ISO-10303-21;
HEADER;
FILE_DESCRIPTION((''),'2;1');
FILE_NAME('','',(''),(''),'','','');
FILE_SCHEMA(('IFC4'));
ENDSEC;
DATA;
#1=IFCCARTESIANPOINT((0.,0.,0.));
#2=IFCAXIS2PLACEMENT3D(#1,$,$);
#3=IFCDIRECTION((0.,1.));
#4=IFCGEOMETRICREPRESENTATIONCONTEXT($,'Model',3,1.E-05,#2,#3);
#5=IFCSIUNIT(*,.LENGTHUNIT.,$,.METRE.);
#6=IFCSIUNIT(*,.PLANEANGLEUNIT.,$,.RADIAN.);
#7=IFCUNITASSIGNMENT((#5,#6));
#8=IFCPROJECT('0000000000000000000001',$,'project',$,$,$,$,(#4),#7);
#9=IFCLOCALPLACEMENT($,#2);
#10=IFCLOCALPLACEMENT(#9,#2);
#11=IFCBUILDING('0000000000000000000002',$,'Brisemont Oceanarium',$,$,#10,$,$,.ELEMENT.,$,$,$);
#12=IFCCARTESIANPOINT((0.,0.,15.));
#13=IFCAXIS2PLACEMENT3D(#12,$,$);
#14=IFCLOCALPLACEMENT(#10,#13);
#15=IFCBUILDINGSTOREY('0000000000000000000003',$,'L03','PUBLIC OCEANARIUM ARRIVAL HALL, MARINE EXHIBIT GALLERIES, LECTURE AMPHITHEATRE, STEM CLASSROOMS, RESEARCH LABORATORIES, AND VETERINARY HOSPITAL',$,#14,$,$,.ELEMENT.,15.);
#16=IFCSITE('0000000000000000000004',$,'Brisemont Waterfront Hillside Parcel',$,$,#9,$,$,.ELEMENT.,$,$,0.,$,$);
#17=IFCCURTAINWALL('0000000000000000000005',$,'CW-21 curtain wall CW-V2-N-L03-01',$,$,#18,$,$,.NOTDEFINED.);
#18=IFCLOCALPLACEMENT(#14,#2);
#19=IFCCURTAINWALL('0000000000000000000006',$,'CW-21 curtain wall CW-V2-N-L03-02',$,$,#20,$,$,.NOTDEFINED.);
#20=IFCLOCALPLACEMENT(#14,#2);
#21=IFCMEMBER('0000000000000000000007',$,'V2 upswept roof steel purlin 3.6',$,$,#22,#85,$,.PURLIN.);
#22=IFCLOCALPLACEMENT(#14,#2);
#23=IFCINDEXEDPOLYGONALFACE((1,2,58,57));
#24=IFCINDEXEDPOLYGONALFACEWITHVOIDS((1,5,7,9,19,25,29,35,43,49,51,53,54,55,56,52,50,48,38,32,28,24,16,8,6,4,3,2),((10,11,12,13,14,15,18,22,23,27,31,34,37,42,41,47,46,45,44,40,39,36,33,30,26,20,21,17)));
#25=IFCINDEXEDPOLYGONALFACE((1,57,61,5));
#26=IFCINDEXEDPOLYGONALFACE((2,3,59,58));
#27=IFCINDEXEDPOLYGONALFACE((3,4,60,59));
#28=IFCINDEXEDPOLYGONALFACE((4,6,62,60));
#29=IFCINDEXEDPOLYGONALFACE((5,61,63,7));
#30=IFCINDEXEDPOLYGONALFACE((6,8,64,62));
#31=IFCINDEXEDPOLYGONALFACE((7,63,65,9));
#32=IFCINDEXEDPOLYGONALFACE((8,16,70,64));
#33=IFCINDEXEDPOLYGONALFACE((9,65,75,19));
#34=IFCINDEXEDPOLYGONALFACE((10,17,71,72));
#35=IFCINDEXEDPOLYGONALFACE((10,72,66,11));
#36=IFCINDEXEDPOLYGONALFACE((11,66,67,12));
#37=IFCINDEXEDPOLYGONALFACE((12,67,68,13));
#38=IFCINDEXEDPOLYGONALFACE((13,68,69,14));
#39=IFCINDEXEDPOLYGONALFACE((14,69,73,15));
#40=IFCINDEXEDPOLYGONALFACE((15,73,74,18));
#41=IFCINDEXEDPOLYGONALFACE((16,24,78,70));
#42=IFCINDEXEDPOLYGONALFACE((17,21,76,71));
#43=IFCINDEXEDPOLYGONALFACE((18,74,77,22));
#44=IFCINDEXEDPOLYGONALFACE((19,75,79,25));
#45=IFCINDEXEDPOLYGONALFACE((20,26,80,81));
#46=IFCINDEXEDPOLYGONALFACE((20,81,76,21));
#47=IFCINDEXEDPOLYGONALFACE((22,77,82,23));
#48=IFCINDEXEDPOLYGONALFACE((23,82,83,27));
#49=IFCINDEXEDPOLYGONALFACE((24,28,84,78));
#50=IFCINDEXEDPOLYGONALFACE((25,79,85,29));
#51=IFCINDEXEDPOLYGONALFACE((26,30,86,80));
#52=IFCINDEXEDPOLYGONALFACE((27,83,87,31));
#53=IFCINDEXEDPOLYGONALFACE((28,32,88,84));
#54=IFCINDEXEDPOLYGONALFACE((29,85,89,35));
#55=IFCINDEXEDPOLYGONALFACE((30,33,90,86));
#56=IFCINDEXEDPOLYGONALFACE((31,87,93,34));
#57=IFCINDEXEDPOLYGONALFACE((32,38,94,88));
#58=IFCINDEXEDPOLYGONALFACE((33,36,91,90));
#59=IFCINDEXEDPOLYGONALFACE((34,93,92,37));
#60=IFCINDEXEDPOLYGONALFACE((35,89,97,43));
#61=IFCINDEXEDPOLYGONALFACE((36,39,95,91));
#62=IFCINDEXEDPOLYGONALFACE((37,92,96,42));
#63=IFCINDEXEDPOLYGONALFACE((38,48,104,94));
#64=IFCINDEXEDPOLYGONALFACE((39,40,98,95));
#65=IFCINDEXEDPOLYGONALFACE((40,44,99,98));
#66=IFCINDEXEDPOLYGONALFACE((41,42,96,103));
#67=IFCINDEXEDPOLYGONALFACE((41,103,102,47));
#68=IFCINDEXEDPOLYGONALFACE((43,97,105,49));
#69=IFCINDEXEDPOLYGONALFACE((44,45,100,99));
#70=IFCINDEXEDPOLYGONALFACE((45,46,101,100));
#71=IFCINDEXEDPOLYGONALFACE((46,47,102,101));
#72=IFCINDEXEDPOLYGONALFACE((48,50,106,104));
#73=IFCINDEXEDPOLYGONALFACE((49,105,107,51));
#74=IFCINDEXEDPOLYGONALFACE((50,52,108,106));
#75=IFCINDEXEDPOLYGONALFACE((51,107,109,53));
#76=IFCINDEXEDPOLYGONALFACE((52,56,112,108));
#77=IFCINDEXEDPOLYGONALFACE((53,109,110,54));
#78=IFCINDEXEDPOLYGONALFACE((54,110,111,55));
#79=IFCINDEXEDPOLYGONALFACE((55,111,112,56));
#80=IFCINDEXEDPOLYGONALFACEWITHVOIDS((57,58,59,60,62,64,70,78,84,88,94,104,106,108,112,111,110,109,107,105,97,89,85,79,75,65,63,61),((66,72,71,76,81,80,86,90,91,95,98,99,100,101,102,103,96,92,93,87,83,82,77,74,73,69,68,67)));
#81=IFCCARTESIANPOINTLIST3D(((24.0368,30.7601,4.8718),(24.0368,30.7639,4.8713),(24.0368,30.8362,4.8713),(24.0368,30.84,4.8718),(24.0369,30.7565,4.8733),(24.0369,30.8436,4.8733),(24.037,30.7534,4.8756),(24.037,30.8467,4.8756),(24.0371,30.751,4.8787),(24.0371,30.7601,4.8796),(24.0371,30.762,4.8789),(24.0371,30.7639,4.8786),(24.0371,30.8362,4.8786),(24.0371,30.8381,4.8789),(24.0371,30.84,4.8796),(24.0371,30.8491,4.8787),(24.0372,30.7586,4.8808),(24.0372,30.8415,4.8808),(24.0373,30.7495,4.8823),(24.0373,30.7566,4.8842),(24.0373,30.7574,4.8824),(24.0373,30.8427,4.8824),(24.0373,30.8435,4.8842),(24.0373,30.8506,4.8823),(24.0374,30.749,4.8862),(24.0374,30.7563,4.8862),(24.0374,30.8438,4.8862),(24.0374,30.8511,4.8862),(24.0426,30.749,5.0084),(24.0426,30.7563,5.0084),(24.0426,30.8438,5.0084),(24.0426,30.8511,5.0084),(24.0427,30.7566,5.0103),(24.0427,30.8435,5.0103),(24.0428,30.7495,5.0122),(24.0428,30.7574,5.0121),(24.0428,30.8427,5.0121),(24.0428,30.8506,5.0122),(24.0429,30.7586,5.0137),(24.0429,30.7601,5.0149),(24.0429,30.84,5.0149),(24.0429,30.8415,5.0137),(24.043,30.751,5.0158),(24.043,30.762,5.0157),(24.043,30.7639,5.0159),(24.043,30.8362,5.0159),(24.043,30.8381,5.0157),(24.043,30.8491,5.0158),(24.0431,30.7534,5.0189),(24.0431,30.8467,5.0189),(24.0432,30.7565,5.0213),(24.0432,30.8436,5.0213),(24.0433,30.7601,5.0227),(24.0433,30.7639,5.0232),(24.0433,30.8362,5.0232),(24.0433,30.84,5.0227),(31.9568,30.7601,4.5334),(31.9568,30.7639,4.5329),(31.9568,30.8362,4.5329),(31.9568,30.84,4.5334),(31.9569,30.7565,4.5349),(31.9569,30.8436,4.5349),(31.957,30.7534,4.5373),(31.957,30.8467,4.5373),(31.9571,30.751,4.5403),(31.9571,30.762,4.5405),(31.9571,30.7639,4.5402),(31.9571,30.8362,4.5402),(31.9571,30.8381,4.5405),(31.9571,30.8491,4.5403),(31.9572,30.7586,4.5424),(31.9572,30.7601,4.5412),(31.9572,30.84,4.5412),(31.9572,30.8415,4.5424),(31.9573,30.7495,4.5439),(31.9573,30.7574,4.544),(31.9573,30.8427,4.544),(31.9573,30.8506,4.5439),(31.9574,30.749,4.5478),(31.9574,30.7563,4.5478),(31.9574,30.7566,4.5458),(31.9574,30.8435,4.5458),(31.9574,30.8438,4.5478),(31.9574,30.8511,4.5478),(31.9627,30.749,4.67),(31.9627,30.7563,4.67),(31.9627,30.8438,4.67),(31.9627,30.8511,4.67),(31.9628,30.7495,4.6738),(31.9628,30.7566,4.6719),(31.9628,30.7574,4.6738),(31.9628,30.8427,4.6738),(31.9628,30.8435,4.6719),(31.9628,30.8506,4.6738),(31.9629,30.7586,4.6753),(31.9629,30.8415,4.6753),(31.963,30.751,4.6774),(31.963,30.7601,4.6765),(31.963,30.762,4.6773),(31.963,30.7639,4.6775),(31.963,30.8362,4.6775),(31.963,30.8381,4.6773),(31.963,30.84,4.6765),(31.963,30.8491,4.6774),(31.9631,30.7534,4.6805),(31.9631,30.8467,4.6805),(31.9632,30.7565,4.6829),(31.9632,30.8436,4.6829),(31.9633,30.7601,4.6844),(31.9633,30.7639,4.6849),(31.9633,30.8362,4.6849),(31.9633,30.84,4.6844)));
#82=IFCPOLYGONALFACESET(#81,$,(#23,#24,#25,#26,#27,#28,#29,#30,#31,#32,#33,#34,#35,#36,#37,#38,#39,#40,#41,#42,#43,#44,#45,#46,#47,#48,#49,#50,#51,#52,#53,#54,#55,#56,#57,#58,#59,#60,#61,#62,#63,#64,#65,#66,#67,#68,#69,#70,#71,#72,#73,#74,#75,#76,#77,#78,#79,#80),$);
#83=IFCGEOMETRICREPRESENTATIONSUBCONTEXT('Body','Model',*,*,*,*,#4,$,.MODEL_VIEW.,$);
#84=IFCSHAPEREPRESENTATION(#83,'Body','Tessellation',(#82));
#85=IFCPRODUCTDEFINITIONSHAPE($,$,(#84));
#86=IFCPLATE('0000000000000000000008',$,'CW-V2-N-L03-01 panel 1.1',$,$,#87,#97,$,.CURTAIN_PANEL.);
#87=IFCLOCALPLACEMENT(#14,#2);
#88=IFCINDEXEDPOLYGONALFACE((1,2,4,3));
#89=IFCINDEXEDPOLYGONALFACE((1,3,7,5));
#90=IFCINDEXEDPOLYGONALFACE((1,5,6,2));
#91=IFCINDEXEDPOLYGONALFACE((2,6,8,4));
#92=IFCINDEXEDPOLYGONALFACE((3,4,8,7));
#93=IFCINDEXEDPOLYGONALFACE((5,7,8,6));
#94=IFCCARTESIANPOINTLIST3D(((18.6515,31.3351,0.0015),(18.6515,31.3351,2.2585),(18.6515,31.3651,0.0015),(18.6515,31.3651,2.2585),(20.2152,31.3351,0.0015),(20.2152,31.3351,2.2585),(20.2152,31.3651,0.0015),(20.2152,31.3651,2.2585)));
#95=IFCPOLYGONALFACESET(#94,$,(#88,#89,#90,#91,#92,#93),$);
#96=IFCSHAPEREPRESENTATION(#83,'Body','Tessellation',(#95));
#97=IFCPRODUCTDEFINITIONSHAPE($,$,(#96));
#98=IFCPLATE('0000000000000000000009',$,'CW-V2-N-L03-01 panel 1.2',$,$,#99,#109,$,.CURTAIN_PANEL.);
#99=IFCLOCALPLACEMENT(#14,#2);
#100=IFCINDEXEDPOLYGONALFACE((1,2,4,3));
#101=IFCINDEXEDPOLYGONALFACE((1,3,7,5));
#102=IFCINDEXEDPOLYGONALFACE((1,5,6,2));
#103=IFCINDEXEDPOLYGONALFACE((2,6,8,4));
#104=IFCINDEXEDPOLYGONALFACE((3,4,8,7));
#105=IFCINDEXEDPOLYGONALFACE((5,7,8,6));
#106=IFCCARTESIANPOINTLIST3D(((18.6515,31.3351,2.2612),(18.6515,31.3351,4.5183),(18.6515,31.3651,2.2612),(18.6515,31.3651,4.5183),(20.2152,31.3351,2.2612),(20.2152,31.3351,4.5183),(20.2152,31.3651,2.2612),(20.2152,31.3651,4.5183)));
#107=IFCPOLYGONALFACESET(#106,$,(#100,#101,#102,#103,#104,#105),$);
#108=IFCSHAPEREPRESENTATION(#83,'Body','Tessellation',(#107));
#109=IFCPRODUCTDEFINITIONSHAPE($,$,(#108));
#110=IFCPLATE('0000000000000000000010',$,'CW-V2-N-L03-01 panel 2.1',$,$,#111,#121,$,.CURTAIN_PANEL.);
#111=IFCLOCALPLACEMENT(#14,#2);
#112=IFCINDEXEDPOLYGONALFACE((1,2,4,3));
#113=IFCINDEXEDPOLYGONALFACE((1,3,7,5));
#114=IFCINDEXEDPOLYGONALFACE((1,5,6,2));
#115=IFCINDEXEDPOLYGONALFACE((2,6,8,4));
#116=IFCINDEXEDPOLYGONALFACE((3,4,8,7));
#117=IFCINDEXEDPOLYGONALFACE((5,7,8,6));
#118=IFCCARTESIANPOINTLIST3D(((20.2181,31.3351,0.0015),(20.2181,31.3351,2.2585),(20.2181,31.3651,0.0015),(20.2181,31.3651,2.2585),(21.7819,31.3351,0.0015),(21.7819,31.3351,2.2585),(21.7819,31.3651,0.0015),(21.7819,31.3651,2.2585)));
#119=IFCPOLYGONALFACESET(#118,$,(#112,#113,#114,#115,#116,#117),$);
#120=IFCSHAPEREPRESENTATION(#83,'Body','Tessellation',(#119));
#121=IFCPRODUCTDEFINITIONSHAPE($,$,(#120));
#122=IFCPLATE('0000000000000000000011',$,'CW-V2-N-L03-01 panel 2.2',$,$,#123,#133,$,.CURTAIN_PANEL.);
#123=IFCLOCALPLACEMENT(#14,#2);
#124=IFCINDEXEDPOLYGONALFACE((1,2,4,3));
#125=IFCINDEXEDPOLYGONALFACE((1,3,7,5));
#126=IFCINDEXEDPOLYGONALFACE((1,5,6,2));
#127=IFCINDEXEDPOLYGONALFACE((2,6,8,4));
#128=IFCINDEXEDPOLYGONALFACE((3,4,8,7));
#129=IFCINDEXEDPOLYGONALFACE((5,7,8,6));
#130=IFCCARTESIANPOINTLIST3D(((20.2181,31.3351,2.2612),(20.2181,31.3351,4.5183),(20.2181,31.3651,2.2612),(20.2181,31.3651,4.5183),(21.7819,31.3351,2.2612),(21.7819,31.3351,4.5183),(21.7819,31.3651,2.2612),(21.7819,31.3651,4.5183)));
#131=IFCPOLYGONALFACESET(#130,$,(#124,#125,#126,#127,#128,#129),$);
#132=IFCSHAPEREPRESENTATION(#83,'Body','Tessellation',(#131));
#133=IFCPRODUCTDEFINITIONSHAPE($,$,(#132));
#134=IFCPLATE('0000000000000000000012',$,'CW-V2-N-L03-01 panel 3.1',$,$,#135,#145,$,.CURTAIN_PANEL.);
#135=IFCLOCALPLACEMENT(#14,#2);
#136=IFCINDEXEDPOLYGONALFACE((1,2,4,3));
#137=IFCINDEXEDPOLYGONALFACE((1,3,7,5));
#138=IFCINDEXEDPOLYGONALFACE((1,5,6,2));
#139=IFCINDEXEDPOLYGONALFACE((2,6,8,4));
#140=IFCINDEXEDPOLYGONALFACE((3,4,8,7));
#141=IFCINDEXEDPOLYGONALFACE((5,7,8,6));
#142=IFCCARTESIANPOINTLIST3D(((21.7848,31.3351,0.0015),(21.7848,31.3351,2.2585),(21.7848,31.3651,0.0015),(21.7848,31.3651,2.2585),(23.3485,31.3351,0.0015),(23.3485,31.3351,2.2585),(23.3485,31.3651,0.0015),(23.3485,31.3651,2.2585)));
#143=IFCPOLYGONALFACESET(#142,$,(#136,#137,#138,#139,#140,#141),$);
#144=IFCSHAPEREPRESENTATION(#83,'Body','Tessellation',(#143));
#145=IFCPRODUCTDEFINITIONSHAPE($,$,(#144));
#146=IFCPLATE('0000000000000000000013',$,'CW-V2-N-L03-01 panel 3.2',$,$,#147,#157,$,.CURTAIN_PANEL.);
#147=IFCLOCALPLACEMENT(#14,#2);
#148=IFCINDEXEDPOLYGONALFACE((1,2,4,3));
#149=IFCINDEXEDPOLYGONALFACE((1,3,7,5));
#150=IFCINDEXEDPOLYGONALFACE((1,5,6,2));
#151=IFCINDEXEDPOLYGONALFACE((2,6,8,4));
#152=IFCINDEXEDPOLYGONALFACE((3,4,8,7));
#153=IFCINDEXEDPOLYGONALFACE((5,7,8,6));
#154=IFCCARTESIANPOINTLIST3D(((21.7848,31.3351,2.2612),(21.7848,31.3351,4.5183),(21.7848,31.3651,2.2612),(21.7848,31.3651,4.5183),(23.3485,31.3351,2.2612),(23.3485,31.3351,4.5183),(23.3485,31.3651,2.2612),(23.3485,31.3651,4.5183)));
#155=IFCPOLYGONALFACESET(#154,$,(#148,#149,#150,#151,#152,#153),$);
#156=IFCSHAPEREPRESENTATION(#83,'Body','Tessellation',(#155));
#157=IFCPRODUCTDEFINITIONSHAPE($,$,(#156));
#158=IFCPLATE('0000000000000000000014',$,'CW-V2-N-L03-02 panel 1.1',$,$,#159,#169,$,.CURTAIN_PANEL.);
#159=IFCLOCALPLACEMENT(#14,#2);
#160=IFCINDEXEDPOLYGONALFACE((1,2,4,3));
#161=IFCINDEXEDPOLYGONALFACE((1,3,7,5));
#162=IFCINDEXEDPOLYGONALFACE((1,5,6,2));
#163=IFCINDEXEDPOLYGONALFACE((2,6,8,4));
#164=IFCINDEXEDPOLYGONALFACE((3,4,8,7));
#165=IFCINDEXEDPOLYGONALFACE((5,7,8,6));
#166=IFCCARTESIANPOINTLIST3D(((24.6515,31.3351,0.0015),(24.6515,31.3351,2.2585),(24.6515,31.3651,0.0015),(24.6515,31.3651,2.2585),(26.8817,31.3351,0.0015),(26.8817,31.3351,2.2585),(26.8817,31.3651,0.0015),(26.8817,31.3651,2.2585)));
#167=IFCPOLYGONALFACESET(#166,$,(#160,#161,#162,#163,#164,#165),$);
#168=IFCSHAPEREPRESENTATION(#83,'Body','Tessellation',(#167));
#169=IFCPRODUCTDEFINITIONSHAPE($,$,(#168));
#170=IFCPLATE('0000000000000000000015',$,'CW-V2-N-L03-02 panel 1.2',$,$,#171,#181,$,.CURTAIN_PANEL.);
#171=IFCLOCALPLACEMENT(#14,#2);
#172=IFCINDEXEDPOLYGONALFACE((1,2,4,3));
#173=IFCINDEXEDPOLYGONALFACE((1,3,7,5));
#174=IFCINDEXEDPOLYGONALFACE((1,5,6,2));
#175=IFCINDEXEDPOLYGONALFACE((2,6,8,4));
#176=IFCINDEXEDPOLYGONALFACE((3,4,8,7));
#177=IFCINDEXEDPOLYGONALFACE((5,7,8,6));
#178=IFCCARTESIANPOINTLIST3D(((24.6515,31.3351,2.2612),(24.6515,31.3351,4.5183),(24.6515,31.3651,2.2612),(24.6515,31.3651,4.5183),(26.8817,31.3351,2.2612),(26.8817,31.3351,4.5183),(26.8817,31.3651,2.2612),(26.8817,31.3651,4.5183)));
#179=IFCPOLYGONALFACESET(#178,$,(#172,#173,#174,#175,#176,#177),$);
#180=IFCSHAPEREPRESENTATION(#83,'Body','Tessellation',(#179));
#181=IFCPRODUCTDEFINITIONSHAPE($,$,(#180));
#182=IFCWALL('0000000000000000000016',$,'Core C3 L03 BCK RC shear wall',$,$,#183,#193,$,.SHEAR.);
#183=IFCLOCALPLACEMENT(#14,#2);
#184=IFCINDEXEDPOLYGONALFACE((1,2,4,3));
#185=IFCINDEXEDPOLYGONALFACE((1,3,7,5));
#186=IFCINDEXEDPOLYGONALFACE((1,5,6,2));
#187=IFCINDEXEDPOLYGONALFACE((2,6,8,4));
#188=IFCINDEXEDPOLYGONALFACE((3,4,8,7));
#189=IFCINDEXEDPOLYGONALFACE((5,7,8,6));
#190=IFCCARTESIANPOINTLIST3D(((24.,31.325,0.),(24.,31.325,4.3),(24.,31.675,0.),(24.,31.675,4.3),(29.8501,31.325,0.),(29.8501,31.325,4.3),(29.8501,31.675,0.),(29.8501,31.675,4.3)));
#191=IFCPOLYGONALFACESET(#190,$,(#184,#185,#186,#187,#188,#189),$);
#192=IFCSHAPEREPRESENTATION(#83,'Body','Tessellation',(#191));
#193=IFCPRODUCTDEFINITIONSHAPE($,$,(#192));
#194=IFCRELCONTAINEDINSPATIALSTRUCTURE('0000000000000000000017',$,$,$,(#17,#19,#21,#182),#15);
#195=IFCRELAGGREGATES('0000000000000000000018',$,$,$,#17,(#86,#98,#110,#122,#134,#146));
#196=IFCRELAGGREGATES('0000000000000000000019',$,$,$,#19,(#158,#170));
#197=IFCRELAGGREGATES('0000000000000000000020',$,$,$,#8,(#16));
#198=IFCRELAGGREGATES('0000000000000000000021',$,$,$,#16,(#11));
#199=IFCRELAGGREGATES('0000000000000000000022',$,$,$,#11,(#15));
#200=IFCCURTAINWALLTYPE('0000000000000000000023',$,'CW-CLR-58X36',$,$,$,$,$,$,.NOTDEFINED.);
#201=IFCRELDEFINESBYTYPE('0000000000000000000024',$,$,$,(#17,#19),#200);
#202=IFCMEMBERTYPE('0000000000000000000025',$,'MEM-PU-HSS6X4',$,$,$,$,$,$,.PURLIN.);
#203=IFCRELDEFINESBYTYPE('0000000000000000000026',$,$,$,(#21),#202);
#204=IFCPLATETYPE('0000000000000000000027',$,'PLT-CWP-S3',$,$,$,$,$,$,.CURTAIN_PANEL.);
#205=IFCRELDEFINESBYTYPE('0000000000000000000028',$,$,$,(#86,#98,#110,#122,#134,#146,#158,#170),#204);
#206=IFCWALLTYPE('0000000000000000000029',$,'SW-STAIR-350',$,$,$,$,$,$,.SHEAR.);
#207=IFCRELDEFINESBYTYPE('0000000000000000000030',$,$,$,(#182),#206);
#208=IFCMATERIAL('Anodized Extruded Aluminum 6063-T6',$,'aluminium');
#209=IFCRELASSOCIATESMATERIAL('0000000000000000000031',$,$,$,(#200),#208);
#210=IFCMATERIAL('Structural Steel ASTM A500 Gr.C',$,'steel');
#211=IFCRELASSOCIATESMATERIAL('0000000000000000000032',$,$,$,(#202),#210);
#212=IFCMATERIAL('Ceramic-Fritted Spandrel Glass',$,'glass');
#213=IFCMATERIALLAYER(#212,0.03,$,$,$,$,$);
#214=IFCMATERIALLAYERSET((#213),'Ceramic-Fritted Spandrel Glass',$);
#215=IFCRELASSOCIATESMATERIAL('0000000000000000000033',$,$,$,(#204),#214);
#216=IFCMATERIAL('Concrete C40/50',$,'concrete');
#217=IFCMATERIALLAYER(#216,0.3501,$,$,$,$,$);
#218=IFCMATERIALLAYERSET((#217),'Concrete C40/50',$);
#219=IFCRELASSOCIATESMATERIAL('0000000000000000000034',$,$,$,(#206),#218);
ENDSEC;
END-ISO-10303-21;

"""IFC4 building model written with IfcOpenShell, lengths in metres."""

from ifc_helpers import new_model, si_unit, direction, frame, frame_2d, origin, origin_2d, place, context, subcontext, project, spatial, rectangle, hollow_rectangle, extrude, material, layer, layer_set, material_profile, profile_set, type_object, element, aggregate, save


model = new_model("IFC4")

# Units and contexts
model_context = context("Model", 3, precision=1e-05, world=origin(), true_north=direction((0.0, 1.0)))
body_context = subcontext(model_context, "Body", "Model", "MODEL_VIEW")
ifc_project = project(units=[si_unit("LENGTHUNIT", "METRE"), si_unit("PLANEANGLEUNIT", "RADIAN")], contexts=[model_context])

# Site, building, storey
site_placement = place(None, origin())
site = spatial("IfcSite", under=ifc_project, at=site_placement, Name="Brisemont Waterfront Hillside Parcel", CompositionType="ELEMENT", RefElevation=0.0)
building_placement = place(site_placement, origin())
building = spatial("IfcBuilding", under=site, at=building_placement, Name="Brisemont Oceanarium", CompositionType="ELEMENT")
storey_placement = place(building_placement, frame((0.0, 0.0, 15.0)))
storey = spatial("IfcBuildingStorey", under=building, at=storey_placement, Name="L03", Description="PUBLIC OCEANARIUM ARRIVAL HALL, MARINE EXHIBIT GALLERIES, LECTURE AMPHITHEATRE, STEM CLASSROOMS, RESEARCH LABORATORIES, AND VETERINARY HOSPITAL", CompositionType="ELEMENT", Elevation=15.0)

# Curtain walls
ifc_material_1 = material(Name="Anodized Extruded Aluminum 6063-T6", Category="aluminium")
curtain_wall_type = type_object("IfcCurtainWallType", Name="CW-CLR-58X36", PredefinedType="NOTDEFINED", material=ifc_material_1)
curtain_wall_1_placement = place(storey_placement, origin())
curtain_wall_1 = element("IfcCurtainWall", 1, at=curtain_wall_1_placement, inside=storey, type_object=curtain_wall_type, Name="CW-21 curtain wall CW-V2-N-L03-01", PredefinedType="NOTDEFINED")
curtain_wall_2_placement = place(storey_placement, origin())
curtain_wall_2 = element("IfcCurtainWall", 2, at=curtain_wall_2_placement, inside=storey, type_object=curtain_wall_type, Name="CW-21 curtain wall CW-V2-N-L03-02", PredefinedType="NOTDEFINED")

# Member
ifc_material_2 = material(Name="Structural Steel ASTM A500 Gr.C", Category="steel")
ifc_material_profile_1 = material_profile(ifc_material_2, hollow_rectangle(XDim=0.1021, YDim=0.1521, WallThickness=0.0073, InnerFilletRadius=0.0076, OuterFilletRadius=0.0149, at=origin_2d()), Name="HSS6X4X5/16")
ifc_profile_set_1 = profile_set([ifc_material_profile_1], Name="Structural Steel ASTM A500 Gr.C")
member_type_1 = type_object("IfcMemberType", Name="MEM-PU-HSS6X4", PredefinedType="PURLIN", material=ifc_profile_set_1)
for number, where, z_axis, x_axis, name in (
    (3, (24.04, 30.8, 4.9473), (0.999089, 0.0, -0.042686), (0.0, 1.0, 0.0), "V2 upswept roof steel purlin 3.6"),
):
    element("IfcMember", number, at=place(storey_placement, frame(where, z_axis=z_axis, x_axis=x_axis)), inside=storey, type_object=member_type_1, Name=name, PredefinedType="PURLIN", context=body_context, shape_type="SweptSolid", body=[
        extrude(hollow_rectangle(XDim=0.1021, YDim=0.1521, WallThickness=0.0073, InnerFilletRadius=0.0076, OuterFilletRadius=0.0149, at=origin_2d()), origin(), (0.0, 0.0, 1.0), 7.9272),
    ])

# Plates
ifc_material_3 = material(Name="Ceramic-Fritted Spandrel Glass", Category="glass")
ifc_layer_1 = layer(ifc_material_3, 0.03)
ifc_layer_set_1 = layer_set([ifc_layer_1], Name="Ceramic-Fritted Spandrel Glass")
plate_type = type_object("IfcPlateType", Name="PLT-CWP-S3", PredefinedType="CURTAIN_PANEL", material=ifc_layer_set_1)
plate_1_placement = place(storey_placement, frame((19.4333, 31.3501, 0.0015), z_axis=(0.0, 0.0, 1.0), x_axis=(1.0, 0.0, 0.0)))
plate_1 = element("IfcPlate", 4, at=plate_1_placement, type_object=plate_type, Name="CW-V2-N-L03-01 panel 1.1", PredefinedType="CURTAIN_PANEL", context=body_context, shape_type="SweptSolid", body=[
    extrude(rectangle(XDim=1.5637, YDim=0.03, at=origin_2d()), origin(), (0.0, 0.0, 1.0), 2.2571),
])
plate_2_placement = place(storey_placement, frame((19.4333, 31.3501, 2.2612), z_axis=(0.0, 0.0, 1.0), x_axis=(1.0, 0.0, 0.0)))
plate_2 = element("IfcPlate", 5, at=plate_2_placement, type_object=plate_type, Name="CW-V2-N-L03-01 panel 1.2", PredefinedType="CURTAIN_PANEL", context=body_context, shape_type="SweptSolid", body=[
    extrude(rectangle(XDim=1.5637, YDim=0.03, at=origin_2d()), origin(), (0.0, 0.0, 1.0), 2.2571),
])
plate_3_placement = place(storey_placement, frame((21.0, 31.3501, 0.0015), z_axis=(0.0, 0.0, 1.0), x_axis=(1.0, 0.0, 0.0)))
plate_3 = element("IfcPlate", 6, at=plate_3_placement, type_object=plate_type, Name="CW-V2-N-L03-01 panel 2.1", PredefinedType="CURTAIN_PANEL", context=body_context, shape_type="SweptSolid", body=[
    extrude(rectangle(XDim=1.5637, YDim=0.03, at=origin_2d()), origin(), (0.0, 0.0, 1.0), 2.2571),
])
plate_4_placement = place(storey_placement, frame((21.0, 31.3501, 2.2612), z_axis=(0.0, 0.0, 1.0), x_axis=(1.0, 0.0, 0.0)))
plate_4 = element("IfcPlate", 7, at=plate_4_placement, type_object=plate_type, Name="CW-V2-N-L03-01 panel 2.2", PredefinedType="CURTAIN_PANEL", context=body_context, shape_type="SweptSolid", body=[
    extrude(rectangle(XDim=1.5637, YDim=0.03, at=origin_2d()), origin(), (0.0, 0.0, 1.0), 2.2571),
])
plate_5_placement = place(storey_placement, frame((22.5667, 31.3501, 0.0015), z_axis=(0.0, 0.0, 1.0), x_axis=(1.0, 0.0, 0.0)))
plate_5 = element("IfcPlate", 8, at=plate_5_placement, type_object=plate_type, Name="CW-V2-N-L03-01 panel 3.1", PredefinedType="CURTAIN_PANEL", context=body_context, shape_type="SweptSolid", body=[
    extrude(rectangle(XDim=1.5637, YDim=0.03, at=origin_2d()), origin(), (0.0, 0.0, 1.0), 2.2571),
])
plate_6_placement = place(storey_placement, frame((22.5667, 31.3501, 2.2612), z_axis=(0.0, 0.0, 1.0), x_axis=(1.0, 0.0, 0.0)))
plate_6 = element("IfcPlate", 9, at=plate_6_placement, type_object=plate_type, Name="CW-V2-N-L03-01 panel 3.2", PredefinedType="CURTAIN_PANEL", context=body_context, shape_type="SweptSolid", body=[
    extrude(rectangle(XDim=1.5637, YDim=0.03, at=origin_2d()), origin(), (0.0, 0.0, 1.0), 2.2571),
])
aggregate(curtain_wall_1, [plate_1, plate_2, plate_3, plate_4, plate_5, plate_6])
plate_7_placement = place(storey_placement, frame((25.7666, 31.3501, 0.0015), z_axis=(0.0, 0.0, 1.0), x_axis=(1.0, 0.0, 0.0)))
plate_7 = element("IfcPlate", 10, at=plate_7_placement, type_object=plate_type, Name="CW-V2-N-L03-02 panel 1.1", PredefinedType="CURTAIN_PANEL", context=body_context, shape_type="SweptSolid", body=[
    extrude(rectangle(XDim=2.2302, YDim=0.03, at=origin_2d()), origin(), (0.0, 0.0, 1.0), 2.2571),
])
plate_8_placement = place(storey_placement, frame((25.7666, 31.3501, 2.2612), z_axis=(0.0, 0.0, 1.0), x_axis=(1.0, 0.0, 0.0)))
plate_8 = element("IfcPlate", 11, at=plate_8_placement, type_object=plate_type, Name="CW-V2-N-L03-02 panel 1.2", PredefinedType="CURTAIN_PANEL", context=body_context, shape_type="SweptSolid", body=[
    extrude(rectangle(XDim=2.2302, YDim=0.03, at=origin_2d()), origin(), (0.0, 0.0, 1.0), 2.2571),
])
aggregate(curtain_wall_2, [plate_7, plate_8])

# Wall
ifc_material_4 = material(Name="Concrete C40/50", Category="concrete")
ifc_layer_2 = layer(ifc_material_4, 0.3501)
ifc_layer_set_2 = layer_set([ifc_layer_2], Name="Concrete C40/50")
wall_type = type_object("IfcWallType", Name="SW-STAIR-350", PredefinedType="SHEAR", material=ifc_layer_set_2)
wall_placement = place(storey_placement, frame((24.0, 31.5, 0.0), z_axis=(0.0, 0.0, 1.0), x_axis=(1.0, 0.0, 0.0)))
element("IfcWall", 12, at=wall_placement, inside=storey, type_object=wall_type, Name="Core C3 L03 BCK RC shear wall", PredefinedType="SHEAR", context=body_context, shape_type="SweptSolid", body=[
    extrude(rectangle(XDim=5.8501, YDim=0.3501, at=frame_2d((2.925, 0.0))), origin(), (0.0, 0.0, 1.0), 4.3),
])

save(model, "model.ifc")
